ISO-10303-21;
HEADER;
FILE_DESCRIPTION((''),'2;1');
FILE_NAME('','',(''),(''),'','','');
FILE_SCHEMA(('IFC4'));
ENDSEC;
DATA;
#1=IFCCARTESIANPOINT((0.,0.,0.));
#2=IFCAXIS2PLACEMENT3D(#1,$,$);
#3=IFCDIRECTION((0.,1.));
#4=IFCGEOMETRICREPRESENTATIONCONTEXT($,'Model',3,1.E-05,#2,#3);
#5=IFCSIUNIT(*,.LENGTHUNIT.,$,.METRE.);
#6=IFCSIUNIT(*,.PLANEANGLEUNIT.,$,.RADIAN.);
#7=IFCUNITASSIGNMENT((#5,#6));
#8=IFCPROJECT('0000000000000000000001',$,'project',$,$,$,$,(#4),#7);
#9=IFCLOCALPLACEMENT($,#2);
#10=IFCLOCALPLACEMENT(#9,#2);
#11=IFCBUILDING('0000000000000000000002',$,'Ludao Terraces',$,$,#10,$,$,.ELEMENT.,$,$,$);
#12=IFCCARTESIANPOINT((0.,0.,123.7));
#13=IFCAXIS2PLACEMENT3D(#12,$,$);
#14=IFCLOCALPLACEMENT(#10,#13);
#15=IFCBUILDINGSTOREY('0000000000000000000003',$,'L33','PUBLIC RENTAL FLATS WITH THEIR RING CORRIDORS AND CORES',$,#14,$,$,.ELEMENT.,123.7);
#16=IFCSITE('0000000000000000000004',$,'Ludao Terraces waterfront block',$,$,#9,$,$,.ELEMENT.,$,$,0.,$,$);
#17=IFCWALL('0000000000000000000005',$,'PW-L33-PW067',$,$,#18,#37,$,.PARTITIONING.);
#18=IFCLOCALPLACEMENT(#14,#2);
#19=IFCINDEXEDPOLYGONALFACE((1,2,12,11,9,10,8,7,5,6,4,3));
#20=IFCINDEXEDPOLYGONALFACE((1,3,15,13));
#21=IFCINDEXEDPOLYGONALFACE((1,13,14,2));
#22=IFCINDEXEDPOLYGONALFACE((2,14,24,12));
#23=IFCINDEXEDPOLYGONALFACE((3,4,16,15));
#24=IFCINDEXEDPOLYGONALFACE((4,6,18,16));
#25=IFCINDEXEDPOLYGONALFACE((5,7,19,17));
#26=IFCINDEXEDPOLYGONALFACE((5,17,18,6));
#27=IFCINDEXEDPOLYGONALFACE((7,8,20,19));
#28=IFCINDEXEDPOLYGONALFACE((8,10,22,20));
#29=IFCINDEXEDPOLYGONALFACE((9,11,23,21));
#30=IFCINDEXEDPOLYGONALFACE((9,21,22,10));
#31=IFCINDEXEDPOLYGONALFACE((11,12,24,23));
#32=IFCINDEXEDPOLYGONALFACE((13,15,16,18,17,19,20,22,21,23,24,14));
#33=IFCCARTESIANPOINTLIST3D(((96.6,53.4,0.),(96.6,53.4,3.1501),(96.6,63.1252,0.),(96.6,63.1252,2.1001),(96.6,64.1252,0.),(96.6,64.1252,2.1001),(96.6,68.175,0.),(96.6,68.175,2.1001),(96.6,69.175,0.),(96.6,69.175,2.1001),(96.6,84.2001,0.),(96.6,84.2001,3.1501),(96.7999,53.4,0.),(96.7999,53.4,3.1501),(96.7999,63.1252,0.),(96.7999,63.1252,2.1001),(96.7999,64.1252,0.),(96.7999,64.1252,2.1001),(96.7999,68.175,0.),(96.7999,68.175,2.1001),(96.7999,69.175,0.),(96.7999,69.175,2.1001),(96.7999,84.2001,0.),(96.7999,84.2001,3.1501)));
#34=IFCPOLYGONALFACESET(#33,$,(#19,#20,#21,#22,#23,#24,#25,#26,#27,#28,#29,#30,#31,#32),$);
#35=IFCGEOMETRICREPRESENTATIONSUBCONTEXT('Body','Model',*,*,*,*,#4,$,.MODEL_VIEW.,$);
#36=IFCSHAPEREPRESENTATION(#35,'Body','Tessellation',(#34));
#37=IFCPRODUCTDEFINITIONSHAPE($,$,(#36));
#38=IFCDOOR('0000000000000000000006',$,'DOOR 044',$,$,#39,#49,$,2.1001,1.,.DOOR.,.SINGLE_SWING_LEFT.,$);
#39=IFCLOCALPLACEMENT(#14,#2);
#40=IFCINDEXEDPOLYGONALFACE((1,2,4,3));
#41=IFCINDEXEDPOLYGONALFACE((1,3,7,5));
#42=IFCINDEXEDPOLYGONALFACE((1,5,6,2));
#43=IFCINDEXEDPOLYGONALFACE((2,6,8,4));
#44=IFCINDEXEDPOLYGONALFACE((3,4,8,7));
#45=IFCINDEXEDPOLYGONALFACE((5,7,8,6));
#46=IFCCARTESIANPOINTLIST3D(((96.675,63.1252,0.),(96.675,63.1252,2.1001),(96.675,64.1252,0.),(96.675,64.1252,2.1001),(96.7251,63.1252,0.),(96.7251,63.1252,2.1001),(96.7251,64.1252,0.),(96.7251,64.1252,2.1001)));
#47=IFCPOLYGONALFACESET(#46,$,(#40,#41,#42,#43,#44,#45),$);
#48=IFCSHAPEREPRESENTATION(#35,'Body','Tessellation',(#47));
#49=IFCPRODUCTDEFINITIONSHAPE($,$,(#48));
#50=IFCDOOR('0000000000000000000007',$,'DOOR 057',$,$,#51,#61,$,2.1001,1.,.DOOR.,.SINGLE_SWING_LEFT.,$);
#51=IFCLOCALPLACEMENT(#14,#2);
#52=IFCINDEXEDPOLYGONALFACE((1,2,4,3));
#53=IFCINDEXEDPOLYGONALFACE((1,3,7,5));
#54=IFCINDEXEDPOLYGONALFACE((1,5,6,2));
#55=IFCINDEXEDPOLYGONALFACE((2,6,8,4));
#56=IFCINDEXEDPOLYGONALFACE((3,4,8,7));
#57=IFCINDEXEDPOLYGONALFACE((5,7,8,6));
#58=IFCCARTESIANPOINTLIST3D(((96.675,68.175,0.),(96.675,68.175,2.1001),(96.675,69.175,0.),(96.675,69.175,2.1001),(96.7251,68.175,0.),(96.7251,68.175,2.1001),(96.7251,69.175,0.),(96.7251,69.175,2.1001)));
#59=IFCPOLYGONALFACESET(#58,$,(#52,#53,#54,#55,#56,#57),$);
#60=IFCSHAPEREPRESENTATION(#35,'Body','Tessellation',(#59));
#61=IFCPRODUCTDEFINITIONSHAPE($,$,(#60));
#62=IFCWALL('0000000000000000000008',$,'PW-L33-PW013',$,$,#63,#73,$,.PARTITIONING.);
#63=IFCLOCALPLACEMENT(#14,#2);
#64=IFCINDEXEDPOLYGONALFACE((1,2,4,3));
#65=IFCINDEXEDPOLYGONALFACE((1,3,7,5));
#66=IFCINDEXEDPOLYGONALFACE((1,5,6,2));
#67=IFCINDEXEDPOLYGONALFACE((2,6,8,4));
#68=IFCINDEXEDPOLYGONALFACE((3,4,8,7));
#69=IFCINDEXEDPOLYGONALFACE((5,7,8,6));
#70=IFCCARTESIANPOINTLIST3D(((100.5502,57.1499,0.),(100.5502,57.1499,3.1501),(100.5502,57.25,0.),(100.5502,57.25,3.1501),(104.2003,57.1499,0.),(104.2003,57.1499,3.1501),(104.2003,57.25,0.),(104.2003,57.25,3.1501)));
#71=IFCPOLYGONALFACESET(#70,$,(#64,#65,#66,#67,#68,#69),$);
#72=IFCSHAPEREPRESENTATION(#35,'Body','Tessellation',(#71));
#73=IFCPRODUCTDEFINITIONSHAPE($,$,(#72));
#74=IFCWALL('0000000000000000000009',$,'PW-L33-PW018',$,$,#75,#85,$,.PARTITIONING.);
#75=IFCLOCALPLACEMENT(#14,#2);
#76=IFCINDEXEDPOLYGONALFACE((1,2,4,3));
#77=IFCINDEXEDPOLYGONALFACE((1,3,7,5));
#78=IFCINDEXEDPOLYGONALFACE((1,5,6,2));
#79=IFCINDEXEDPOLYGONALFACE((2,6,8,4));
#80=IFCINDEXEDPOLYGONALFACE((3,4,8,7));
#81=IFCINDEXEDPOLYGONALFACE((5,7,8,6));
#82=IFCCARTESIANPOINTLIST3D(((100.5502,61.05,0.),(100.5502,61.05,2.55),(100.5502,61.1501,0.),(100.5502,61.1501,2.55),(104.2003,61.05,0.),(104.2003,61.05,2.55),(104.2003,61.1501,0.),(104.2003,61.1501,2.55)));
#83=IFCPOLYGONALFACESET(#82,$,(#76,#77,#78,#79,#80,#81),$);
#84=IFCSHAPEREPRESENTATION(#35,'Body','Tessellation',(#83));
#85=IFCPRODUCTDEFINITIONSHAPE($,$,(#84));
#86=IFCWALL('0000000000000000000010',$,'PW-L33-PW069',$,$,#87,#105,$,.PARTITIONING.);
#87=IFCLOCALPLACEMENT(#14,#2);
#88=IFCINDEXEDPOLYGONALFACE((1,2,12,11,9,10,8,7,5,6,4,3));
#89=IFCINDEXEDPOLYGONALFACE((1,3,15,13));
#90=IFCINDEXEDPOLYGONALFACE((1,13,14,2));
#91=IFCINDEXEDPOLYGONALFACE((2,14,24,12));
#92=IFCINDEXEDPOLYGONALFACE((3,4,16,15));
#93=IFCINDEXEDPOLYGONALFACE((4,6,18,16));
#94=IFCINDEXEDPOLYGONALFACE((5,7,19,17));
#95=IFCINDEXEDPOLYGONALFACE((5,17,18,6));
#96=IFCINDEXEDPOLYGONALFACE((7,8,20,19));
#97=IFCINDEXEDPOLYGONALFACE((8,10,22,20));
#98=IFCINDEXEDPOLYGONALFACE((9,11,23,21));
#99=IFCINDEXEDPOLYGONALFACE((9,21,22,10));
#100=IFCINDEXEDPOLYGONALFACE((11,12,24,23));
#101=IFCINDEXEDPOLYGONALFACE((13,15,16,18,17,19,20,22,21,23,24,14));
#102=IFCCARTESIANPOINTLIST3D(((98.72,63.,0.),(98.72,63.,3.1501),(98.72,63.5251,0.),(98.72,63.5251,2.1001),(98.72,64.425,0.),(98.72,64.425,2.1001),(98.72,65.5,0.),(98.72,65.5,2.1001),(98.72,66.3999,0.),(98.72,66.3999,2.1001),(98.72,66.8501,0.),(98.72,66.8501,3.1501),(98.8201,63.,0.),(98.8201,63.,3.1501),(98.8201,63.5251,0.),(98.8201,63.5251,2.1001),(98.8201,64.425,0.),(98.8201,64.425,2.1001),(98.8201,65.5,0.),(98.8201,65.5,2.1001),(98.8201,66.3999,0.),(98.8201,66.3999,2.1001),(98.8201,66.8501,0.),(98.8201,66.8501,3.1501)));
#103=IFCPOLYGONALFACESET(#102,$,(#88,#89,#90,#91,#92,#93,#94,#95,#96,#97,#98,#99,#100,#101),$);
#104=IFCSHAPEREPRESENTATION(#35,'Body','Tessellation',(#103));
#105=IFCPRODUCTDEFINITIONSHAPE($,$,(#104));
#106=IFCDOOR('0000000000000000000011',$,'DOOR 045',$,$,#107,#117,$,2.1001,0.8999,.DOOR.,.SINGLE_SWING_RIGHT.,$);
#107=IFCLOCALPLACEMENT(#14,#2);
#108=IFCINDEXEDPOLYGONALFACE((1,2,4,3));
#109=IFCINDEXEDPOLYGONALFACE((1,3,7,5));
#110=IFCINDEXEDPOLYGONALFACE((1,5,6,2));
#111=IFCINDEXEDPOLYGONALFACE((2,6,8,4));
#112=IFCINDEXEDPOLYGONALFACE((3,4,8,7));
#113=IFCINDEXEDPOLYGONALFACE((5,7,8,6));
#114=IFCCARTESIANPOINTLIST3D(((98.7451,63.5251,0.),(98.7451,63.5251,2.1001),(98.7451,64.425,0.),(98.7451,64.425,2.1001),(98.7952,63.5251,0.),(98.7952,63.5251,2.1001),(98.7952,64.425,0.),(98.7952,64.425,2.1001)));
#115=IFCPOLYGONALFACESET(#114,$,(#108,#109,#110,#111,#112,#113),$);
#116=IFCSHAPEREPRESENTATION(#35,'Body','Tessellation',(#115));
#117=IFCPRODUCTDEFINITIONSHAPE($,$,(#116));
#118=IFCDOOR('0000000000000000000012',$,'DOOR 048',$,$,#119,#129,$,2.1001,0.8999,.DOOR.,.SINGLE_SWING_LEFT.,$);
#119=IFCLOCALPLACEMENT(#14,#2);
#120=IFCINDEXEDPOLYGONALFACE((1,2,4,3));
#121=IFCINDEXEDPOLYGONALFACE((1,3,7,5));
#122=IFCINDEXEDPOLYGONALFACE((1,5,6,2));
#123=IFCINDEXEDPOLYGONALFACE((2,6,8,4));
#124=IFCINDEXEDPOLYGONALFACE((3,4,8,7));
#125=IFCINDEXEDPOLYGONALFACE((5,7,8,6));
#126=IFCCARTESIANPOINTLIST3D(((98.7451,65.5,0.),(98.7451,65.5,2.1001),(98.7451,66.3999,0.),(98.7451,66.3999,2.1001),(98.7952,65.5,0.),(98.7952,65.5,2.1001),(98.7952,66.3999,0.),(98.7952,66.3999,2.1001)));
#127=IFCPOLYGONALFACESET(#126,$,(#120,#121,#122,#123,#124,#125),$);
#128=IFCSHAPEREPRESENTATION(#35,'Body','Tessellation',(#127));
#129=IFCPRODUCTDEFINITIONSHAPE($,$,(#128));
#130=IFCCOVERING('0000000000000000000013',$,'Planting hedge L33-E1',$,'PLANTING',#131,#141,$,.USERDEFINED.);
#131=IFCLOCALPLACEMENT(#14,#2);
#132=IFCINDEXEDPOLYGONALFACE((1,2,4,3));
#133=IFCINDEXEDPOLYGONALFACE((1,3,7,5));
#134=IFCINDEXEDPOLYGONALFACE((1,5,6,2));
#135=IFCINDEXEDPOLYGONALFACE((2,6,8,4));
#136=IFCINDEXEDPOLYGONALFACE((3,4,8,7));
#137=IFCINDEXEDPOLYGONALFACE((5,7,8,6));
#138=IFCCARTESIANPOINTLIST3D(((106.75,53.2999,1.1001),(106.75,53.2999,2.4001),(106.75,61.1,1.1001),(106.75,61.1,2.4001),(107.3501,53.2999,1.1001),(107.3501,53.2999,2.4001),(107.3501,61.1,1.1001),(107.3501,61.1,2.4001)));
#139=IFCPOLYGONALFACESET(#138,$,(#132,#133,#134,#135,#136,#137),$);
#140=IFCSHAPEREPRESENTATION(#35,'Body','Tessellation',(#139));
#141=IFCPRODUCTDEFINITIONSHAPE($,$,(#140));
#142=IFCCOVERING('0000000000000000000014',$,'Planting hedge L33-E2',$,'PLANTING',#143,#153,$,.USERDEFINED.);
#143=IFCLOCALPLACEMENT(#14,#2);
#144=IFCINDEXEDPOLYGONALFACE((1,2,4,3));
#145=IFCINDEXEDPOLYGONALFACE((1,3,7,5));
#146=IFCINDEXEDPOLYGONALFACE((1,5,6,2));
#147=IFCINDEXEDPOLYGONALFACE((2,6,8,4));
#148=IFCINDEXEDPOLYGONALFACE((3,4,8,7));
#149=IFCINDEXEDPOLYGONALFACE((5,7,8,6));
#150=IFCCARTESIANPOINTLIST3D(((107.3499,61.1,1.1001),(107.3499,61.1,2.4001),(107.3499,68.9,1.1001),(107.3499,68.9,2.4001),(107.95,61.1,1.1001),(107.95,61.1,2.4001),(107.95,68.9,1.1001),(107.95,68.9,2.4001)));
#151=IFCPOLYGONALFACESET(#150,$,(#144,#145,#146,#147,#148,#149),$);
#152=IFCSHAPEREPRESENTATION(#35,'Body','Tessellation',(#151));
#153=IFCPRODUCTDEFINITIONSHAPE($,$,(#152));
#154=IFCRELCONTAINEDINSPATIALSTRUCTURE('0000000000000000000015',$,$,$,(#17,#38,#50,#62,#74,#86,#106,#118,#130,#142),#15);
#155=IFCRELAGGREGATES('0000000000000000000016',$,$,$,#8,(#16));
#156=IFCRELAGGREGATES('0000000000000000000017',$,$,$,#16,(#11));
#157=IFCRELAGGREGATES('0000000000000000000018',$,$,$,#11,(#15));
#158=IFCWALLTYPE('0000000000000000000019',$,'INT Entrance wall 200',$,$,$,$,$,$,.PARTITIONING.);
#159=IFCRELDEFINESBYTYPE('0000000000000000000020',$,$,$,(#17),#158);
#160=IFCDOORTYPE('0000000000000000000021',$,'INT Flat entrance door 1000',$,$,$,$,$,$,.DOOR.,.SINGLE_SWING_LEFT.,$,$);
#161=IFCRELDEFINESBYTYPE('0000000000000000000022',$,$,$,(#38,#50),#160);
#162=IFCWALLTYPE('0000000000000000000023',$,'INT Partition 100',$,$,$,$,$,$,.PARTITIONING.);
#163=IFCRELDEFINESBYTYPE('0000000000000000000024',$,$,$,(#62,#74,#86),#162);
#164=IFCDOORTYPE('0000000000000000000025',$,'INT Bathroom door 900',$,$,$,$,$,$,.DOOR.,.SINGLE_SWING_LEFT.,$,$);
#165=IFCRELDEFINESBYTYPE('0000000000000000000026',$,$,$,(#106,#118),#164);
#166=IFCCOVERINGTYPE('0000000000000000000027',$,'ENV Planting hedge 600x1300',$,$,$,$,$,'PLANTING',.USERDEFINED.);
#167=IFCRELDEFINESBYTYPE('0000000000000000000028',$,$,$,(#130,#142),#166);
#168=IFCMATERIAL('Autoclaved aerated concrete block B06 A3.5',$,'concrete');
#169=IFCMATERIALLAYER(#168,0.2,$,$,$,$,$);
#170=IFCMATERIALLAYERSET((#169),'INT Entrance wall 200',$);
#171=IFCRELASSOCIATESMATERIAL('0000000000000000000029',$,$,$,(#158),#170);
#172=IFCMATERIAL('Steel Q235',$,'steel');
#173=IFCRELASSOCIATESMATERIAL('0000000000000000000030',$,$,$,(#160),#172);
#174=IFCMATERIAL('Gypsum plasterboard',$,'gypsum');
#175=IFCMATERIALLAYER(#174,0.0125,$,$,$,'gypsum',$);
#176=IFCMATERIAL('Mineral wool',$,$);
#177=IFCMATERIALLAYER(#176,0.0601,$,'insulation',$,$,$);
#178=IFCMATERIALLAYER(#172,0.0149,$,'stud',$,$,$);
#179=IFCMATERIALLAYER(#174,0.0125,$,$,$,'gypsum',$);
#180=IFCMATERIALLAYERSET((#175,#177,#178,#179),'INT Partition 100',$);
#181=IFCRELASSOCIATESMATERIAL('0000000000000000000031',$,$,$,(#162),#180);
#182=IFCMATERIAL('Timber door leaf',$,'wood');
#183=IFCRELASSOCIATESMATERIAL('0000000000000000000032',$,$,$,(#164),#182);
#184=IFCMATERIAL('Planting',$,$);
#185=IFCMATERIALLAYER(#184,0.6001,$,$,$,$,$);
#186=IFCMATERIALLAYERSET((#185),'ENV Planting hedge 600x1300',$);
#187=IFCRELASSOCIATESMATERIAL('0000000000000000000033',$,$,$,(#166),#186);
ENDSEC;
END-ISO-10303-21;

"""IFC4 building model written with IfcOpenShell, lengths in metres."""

from ifc_helpers import new_model, si_unit, direction, frame, frame_2d, origin, origin_2d, place, context, subcontext, project, spatial, rectangle, extrude, material, layer, layer_set, type_object, element, fill, save


model = new_model("IFC4")

# Units and contexts
model_context = context("Model", 3, precision=1e-05, world=origin(), true_north=direction((0.0, 1.0)))
body_context = subcontext(model_context, "Body", "Model", "MODEL_VIEW")
ifc_project = project(units=[si_unit("LENGTHUNIT", "METRE"), si_unit("PLANEANGLEUNIT", "RADIAN")], contexts=[model_context])

# Site, building, storey
site_placement = place(None, origin())
site = spatial("IfcSite", under=ifc_project, at=site_placement, Name="Ludao Terraces waterfront block", CompositionType="ELEMENT", RefElevation=0.0)
building_placement = place(site_placement, origin())
building = spatial("IfcBuilding", under=site, at=building_placement, Name="Ludao Terraces", CompositionType="ELEMENT")
storey_placement = place(building_placement, frame((0.0, 0.0, 123.7)))
storey = spatial("IfcBuildingStorey", under=building, at=storey_placement, Name="L33", Description="PUBLIC RENTAL FLATS WITH THEIR RING CORRIDORS AND CORES", CompositionType="ELEMENT", Elevation=123.7)

# Shared definitions
ifc_material_1 = material(Name="Mineral wool")

# Wall, openings, doors
ifc_material_2 = material(Name="Autoclaved aerated concrete block B06 A3.5", Category="concrete")
ifc_layer_1 = layer(ifc_material_2, 0.2)
ifc_layer_set_1 = layer_set([ifc_layer_1], Name="INT Entrance wall 200")
wall_type_1 = type_object("IfcWallType", Name="INT Entrance wall 200", PredefinedType="PARTITIONING", material=ifc_layer_set_1)
wall_1_placement = place(storey_placement, frame((96.7, 53.4001, 0.0), z_axis=(0.0, 0.0, 1.0), x_axis=(0.0, 1.0, 0.0)))
wall_1 = element("IfcWall", 1, at=wall_1_placement, inside=storey, type_object=wall_type_1, Name="PW-L33-PW067", PredefinedType="PARTITIONING", context=body_context, shape_type="SweptSolid", body=[
    extrude(rectangle(XDim=30.8, YDim=0.2, at=frame_2d((15.3999, 0.0))), origin(), (0.0, 0.0, 1.0), 3.1501),
])
opening_1_placement = place(wall_1_placement, frame((9.7251, 0.0, 0.0)))
opening_1 = element("IfcOpeningElement", 2, at=opening_1_placement, cuts=wall_1, PredefinedType="OPENING", context=body_context, shape_type="SweptSolid", body=[
    extrude(rectangle(XDim=1.0, YDim=2.1001, at=frame_2d((0.5, 1.05))), frame((0.0, 0.1099, 0.0), z_axis=(0.0, -1.0, 0.0), x_axis=(1.0, 0.0, 0.0)), (0.0, 0.0, 1.0), 0.22),
])
opening_2_placement = place(wall_1_placement, frame((14.7749, 0.0, 0.0)))
opening_2 = element("IfcOpeningElement", 3, at=opening_2_placement, cuts=wall_1, PredefinedType="OPENING", context=body_context, shape_type="SweptSolid", body=[
    extrude(rectangle(XDim=1.0, YDim=2.1001, at=frame_2d((0.5, 1.05))), frame((0.0, 0.1099, 0.0), z_axis=(0.0, -1.0, 0.0), x_axis=(1.0, 0.0, 0.0)), (0.0, 0.0, 1.0), 0.22),
])
ifc_material_3 = material(Name="Steel Q235", Category="steel")
door_type_1 = type_object("IfcDoorType", Name="INT Flat entrance door 1000", OperationType="SINGLE_SWING_LEFT", PredefinedType="DOOR", material=ifc_material_3)
door_1_placement = place(opening_1_placement, origin())
door_1 = element("IfcDoor", 4, at=door_1_placement, inside=storey, type_object=door_type_1, Name="DOOR 044", OperationType="SINGLE_SWING_LEFT", OverallHeight=2.1001, OverallWidth=1.0, PredefinedType="DOOR", context=body_context, shape_type="SweptSolid", body=[
    extrude(rectangle(XDim=1.0, YDim=2.1001, at=frame_2d((0.5, 1.05))), frame((0.0, 0.0249, 0.0), z_axis=(0.0, -1.0, 0.0), x_axis=(1.0, 0.0, 0.0)), (0.0, 0.0, 1.0), 0.05),
])
fill(opening_1, door_1)
door_2_placement = place(opening_2_placement, origin())
door_2 = element("IfcDoor", 5, at=door_2_placement, inside=storey, type_object=door_type_1, Name="DOOR 057", OperationType="SINGLE_SWING_LEFT", OverallHeight=2.1001, OverallWidth=1.0, PredefinedType="DOOR", context=body_context, shape_type="SweptSolid", body=[
    extrude(rectangle(XDim=1.0, YDim=2.1001, at=frame_2d((0.5, 1.05))), frame((0.0, 0.0249, 0.0), z_axis=(0.0, -1.0, 0.0), x_axis=(1.0, 0.0, 0.0)), (0.0, 0.0, 1.0), 0.05),
])
fill(opening_2, door_2)

# Walls
ifc_material_4 = material(Name="Gypsum plasterboard", Category="gypsum")
ifc_layer_2 = layer(ifc_material_4, 0.0125, Category="gypsum")
ifc_layer_3 = layer(ifc_material_1, 0.0601, Name="insulation")
ifc_layer_4 = layer(ifc_material_3, 0.0149, Name="stud")
ifc_layer_5 = layer(ifc_material_4, 0.0125, Category="gypsum")
ifc_layer_set_2 = layer_set([ifc_layer_2, ifc_layer_3, ifc_layer_4, ifc_layer_5], Name="INT Partition 100")
wall_type_2 = type_object("IfcWallType", Name="INT Partition 100", PredefinedType="PARTITIONING", material=ifc_layer_set_2)
wall_2_placement = place(storey_placement, frame((100.55, 57.2, 0.0), z_axis=(0.0, 0.0, 1.0), x_axis=(1.0, 0.0, 0.0)))
element("IfcWall", 6, at=wall_2_placement, inside=storey, type_object=wall_type_2, Name="PW-L33-PW013", PredefinedType="PARTITIONING", context=body_context, shape_type="SweptSolid", body=[
    extrude(rectangle(XDim=3.6501, YDim=0.1001, at=frame_2d((1.8252, 0.0))), origin(), (0.0, 0.0, 1.0), 3.1501),
])
wall_3_placement = place(storey_placement, frame((100.55, 61.1001, 0.0), z_axis=(0.0, 0.0, 1.0), x_axis=(1.0, 0.0, 0.0)))
element("IfcWall", 7, at=wall_3_placement, inside=storey, type_object=wall_type_2, Name="PW-L33-PW018", PredefinedType="PARTITIONING", context=body_context, shape_type="SweptSolid", body=[
    extrude(rectangle(XDim=3.6501, YDim=0.1001, at=frame_2d((1.8252, 0.0))), origin(), (0.0, 0.0, 1.0), 2.55),
])

# Wall, openings, doors
wall_4_placement = place(storey_placement, frame((98.77, 63.0, 0.0), z_axis=(0.0, 0.0, 1.0), x_axis=(0.0, 1.0, 0.0)))
wall_4 = element("IfcWall", 8, at=wall_4_placement, inside=storey, type_object=wall_type_2, Name="PW-L33-PW069", PredefinedType="PARTITIONING", context=body_context, shape_type="SweptSolid", body=[
    extrude(rectangle(XDim=3.8501, YDim=0.1001, at=frame_2d((1.925, 0.0))), origin(), (0.0, 0.0, 1.0), 3.1501),
])
opening_3_placement = place(wall_4_placement, frame((0.5251, 0.0, 0.0)))
opening_3 = element("IfcOpeningElement", 9, at=opening_3_placement, cuts=wall_4, PredefinedType="OPENING", context=body_context, shape_type="SweptSolid", body=[
    extrude(rectangle(XDim=0.8999, YDim=2.1001, at=frame_2d((0.45, 1.05))), frame((0.0, 0.0601, 0.0), z_axis=(0.0, -1.0, 0.0), x_axis=(1.0, 0.0, 0.0)), (0.0, 0.0, 1.0), 0.1201),
])
opening_4_placement = place(wall_4_placement, frame((2.5, 0.0, 0.0)))
opening_4 = element("IfcOpeningElement", 10, at=opening_4_placement, cuts=wall_4, PredefinedType="OPENING", context=body_context, shape_type="SweptSolid", body=[
    extrude(rectangle(XDim=0.8999, YDim=2.1001, at=frame_2d((0.45, 1.05))), frame((0.0, 0.0601, 0.0), z_axis=(0.0, -1.0, 0.0), x_axis=(1.0, 0.0, 0.0)), (0.0, 0.0, 1.0), 0.1201),
])
ifc_material_5 = material(Name="Timber door leaf", Category="wood")
door_type_2 = type_object("IfcDoorType", Name="INT Bathroom door 900", OperationType="SINGLE_SWING_LEFT", PredefinedType="DOOR", material=ifc_material_5)
door_3_placement = place(opening_3_placement, origin())
door_3 = element("IfcDoor", 11, at=door_3_placement, inside=storey, type_object=door_type_2, Name="DOOR 045", OperationType="SINGLE_SWING_RIGHT", OverallHeight=2.1001, OverallWidth=0.8999, PredefinedType="DOOR", context=body_context, shape_type="SweptSolid", body=[
    extrude(rectangle(XDim=0.8999, YDim=2.1001, at=frame_2d((0.45, 1.05))), frame((0.0, 0.0249, 0.0), z_axis=(0.0, -1.0, 0.0), x_axis=(1.0, 0.0, 0.0)), (0.0, 0.0, 1.0), 0.05),
])
fill(opening_3, door_3)
door_4_placement = place(opening_4_placement, origin())
door_4 = element("IfcDoor", 12, at=door_4_placement, inside=storey, type_object=door_type_2, Name="DOOR 048", OperationType="SINGLE_SWING_LEFT", OverallHeight=2.1001, OverallWidth=0.8999, PredefinedType="DOOR", context=body_context, shape_type="SweptSolid", body=[
    extrude(rectangle(XDim=0.8999, YDim=2.1001, at=frame_2d((0.45, 1.05))), frame((0.0, 0.0249, 0.0), z_axis=(0.0, -1.0, 0.0), x_axis=(1.0, 0.0, 0.0)), (0.0, 0.0, 1.0), 0.05),
])
fill(opening_4, door_4)

# Coverings
ifc_material_6 = material(Name="Planting")
ifc_layer_6 = layer(ifc_material_6, 0.6001)
ifc_layer_set_3 = layer_set([ifc_layer_6], Name="ENV Planting hedge 600x1300")
covering_type = type_object("IfcCoveringType", Name="ENV Planting hedge 600x1300", ElementType="PLANTING", PredefinedType="USERDEFINED", material=ifc_layer_set_3)
for number, where, z_axis, x_axis, name in (
    (13, (107.05, 57.2, 1.1001), (0.0, 0.0, 1.0), (1.0, 0.0, 0.0), "Planting hedge L33-E1"),
    (14, (107.6499, 65.0, 1.1001), (0.0, 0.0, 1.0), (1.0, 0.0, 0.0), "Planting hedge L33-E2"),
):
    element("IfcCovering", number, at=place(storey_placement, frame(where, z_axis=z_axis, x_axis=x_axis)), inside=storey, type_object=covering_type, Name=name, ObjectType="PLANTING", PredefinedType="USERDEFINED", context=body_context, shape_type="SweptSolid", body=[
        extrude(rectangle(XDim=0.6001, YDim=7.8, at=origin_2d()), origin(), (0.0, 0.0, 1.0), 1.3),
    ])

save(model, "model.ifc")
